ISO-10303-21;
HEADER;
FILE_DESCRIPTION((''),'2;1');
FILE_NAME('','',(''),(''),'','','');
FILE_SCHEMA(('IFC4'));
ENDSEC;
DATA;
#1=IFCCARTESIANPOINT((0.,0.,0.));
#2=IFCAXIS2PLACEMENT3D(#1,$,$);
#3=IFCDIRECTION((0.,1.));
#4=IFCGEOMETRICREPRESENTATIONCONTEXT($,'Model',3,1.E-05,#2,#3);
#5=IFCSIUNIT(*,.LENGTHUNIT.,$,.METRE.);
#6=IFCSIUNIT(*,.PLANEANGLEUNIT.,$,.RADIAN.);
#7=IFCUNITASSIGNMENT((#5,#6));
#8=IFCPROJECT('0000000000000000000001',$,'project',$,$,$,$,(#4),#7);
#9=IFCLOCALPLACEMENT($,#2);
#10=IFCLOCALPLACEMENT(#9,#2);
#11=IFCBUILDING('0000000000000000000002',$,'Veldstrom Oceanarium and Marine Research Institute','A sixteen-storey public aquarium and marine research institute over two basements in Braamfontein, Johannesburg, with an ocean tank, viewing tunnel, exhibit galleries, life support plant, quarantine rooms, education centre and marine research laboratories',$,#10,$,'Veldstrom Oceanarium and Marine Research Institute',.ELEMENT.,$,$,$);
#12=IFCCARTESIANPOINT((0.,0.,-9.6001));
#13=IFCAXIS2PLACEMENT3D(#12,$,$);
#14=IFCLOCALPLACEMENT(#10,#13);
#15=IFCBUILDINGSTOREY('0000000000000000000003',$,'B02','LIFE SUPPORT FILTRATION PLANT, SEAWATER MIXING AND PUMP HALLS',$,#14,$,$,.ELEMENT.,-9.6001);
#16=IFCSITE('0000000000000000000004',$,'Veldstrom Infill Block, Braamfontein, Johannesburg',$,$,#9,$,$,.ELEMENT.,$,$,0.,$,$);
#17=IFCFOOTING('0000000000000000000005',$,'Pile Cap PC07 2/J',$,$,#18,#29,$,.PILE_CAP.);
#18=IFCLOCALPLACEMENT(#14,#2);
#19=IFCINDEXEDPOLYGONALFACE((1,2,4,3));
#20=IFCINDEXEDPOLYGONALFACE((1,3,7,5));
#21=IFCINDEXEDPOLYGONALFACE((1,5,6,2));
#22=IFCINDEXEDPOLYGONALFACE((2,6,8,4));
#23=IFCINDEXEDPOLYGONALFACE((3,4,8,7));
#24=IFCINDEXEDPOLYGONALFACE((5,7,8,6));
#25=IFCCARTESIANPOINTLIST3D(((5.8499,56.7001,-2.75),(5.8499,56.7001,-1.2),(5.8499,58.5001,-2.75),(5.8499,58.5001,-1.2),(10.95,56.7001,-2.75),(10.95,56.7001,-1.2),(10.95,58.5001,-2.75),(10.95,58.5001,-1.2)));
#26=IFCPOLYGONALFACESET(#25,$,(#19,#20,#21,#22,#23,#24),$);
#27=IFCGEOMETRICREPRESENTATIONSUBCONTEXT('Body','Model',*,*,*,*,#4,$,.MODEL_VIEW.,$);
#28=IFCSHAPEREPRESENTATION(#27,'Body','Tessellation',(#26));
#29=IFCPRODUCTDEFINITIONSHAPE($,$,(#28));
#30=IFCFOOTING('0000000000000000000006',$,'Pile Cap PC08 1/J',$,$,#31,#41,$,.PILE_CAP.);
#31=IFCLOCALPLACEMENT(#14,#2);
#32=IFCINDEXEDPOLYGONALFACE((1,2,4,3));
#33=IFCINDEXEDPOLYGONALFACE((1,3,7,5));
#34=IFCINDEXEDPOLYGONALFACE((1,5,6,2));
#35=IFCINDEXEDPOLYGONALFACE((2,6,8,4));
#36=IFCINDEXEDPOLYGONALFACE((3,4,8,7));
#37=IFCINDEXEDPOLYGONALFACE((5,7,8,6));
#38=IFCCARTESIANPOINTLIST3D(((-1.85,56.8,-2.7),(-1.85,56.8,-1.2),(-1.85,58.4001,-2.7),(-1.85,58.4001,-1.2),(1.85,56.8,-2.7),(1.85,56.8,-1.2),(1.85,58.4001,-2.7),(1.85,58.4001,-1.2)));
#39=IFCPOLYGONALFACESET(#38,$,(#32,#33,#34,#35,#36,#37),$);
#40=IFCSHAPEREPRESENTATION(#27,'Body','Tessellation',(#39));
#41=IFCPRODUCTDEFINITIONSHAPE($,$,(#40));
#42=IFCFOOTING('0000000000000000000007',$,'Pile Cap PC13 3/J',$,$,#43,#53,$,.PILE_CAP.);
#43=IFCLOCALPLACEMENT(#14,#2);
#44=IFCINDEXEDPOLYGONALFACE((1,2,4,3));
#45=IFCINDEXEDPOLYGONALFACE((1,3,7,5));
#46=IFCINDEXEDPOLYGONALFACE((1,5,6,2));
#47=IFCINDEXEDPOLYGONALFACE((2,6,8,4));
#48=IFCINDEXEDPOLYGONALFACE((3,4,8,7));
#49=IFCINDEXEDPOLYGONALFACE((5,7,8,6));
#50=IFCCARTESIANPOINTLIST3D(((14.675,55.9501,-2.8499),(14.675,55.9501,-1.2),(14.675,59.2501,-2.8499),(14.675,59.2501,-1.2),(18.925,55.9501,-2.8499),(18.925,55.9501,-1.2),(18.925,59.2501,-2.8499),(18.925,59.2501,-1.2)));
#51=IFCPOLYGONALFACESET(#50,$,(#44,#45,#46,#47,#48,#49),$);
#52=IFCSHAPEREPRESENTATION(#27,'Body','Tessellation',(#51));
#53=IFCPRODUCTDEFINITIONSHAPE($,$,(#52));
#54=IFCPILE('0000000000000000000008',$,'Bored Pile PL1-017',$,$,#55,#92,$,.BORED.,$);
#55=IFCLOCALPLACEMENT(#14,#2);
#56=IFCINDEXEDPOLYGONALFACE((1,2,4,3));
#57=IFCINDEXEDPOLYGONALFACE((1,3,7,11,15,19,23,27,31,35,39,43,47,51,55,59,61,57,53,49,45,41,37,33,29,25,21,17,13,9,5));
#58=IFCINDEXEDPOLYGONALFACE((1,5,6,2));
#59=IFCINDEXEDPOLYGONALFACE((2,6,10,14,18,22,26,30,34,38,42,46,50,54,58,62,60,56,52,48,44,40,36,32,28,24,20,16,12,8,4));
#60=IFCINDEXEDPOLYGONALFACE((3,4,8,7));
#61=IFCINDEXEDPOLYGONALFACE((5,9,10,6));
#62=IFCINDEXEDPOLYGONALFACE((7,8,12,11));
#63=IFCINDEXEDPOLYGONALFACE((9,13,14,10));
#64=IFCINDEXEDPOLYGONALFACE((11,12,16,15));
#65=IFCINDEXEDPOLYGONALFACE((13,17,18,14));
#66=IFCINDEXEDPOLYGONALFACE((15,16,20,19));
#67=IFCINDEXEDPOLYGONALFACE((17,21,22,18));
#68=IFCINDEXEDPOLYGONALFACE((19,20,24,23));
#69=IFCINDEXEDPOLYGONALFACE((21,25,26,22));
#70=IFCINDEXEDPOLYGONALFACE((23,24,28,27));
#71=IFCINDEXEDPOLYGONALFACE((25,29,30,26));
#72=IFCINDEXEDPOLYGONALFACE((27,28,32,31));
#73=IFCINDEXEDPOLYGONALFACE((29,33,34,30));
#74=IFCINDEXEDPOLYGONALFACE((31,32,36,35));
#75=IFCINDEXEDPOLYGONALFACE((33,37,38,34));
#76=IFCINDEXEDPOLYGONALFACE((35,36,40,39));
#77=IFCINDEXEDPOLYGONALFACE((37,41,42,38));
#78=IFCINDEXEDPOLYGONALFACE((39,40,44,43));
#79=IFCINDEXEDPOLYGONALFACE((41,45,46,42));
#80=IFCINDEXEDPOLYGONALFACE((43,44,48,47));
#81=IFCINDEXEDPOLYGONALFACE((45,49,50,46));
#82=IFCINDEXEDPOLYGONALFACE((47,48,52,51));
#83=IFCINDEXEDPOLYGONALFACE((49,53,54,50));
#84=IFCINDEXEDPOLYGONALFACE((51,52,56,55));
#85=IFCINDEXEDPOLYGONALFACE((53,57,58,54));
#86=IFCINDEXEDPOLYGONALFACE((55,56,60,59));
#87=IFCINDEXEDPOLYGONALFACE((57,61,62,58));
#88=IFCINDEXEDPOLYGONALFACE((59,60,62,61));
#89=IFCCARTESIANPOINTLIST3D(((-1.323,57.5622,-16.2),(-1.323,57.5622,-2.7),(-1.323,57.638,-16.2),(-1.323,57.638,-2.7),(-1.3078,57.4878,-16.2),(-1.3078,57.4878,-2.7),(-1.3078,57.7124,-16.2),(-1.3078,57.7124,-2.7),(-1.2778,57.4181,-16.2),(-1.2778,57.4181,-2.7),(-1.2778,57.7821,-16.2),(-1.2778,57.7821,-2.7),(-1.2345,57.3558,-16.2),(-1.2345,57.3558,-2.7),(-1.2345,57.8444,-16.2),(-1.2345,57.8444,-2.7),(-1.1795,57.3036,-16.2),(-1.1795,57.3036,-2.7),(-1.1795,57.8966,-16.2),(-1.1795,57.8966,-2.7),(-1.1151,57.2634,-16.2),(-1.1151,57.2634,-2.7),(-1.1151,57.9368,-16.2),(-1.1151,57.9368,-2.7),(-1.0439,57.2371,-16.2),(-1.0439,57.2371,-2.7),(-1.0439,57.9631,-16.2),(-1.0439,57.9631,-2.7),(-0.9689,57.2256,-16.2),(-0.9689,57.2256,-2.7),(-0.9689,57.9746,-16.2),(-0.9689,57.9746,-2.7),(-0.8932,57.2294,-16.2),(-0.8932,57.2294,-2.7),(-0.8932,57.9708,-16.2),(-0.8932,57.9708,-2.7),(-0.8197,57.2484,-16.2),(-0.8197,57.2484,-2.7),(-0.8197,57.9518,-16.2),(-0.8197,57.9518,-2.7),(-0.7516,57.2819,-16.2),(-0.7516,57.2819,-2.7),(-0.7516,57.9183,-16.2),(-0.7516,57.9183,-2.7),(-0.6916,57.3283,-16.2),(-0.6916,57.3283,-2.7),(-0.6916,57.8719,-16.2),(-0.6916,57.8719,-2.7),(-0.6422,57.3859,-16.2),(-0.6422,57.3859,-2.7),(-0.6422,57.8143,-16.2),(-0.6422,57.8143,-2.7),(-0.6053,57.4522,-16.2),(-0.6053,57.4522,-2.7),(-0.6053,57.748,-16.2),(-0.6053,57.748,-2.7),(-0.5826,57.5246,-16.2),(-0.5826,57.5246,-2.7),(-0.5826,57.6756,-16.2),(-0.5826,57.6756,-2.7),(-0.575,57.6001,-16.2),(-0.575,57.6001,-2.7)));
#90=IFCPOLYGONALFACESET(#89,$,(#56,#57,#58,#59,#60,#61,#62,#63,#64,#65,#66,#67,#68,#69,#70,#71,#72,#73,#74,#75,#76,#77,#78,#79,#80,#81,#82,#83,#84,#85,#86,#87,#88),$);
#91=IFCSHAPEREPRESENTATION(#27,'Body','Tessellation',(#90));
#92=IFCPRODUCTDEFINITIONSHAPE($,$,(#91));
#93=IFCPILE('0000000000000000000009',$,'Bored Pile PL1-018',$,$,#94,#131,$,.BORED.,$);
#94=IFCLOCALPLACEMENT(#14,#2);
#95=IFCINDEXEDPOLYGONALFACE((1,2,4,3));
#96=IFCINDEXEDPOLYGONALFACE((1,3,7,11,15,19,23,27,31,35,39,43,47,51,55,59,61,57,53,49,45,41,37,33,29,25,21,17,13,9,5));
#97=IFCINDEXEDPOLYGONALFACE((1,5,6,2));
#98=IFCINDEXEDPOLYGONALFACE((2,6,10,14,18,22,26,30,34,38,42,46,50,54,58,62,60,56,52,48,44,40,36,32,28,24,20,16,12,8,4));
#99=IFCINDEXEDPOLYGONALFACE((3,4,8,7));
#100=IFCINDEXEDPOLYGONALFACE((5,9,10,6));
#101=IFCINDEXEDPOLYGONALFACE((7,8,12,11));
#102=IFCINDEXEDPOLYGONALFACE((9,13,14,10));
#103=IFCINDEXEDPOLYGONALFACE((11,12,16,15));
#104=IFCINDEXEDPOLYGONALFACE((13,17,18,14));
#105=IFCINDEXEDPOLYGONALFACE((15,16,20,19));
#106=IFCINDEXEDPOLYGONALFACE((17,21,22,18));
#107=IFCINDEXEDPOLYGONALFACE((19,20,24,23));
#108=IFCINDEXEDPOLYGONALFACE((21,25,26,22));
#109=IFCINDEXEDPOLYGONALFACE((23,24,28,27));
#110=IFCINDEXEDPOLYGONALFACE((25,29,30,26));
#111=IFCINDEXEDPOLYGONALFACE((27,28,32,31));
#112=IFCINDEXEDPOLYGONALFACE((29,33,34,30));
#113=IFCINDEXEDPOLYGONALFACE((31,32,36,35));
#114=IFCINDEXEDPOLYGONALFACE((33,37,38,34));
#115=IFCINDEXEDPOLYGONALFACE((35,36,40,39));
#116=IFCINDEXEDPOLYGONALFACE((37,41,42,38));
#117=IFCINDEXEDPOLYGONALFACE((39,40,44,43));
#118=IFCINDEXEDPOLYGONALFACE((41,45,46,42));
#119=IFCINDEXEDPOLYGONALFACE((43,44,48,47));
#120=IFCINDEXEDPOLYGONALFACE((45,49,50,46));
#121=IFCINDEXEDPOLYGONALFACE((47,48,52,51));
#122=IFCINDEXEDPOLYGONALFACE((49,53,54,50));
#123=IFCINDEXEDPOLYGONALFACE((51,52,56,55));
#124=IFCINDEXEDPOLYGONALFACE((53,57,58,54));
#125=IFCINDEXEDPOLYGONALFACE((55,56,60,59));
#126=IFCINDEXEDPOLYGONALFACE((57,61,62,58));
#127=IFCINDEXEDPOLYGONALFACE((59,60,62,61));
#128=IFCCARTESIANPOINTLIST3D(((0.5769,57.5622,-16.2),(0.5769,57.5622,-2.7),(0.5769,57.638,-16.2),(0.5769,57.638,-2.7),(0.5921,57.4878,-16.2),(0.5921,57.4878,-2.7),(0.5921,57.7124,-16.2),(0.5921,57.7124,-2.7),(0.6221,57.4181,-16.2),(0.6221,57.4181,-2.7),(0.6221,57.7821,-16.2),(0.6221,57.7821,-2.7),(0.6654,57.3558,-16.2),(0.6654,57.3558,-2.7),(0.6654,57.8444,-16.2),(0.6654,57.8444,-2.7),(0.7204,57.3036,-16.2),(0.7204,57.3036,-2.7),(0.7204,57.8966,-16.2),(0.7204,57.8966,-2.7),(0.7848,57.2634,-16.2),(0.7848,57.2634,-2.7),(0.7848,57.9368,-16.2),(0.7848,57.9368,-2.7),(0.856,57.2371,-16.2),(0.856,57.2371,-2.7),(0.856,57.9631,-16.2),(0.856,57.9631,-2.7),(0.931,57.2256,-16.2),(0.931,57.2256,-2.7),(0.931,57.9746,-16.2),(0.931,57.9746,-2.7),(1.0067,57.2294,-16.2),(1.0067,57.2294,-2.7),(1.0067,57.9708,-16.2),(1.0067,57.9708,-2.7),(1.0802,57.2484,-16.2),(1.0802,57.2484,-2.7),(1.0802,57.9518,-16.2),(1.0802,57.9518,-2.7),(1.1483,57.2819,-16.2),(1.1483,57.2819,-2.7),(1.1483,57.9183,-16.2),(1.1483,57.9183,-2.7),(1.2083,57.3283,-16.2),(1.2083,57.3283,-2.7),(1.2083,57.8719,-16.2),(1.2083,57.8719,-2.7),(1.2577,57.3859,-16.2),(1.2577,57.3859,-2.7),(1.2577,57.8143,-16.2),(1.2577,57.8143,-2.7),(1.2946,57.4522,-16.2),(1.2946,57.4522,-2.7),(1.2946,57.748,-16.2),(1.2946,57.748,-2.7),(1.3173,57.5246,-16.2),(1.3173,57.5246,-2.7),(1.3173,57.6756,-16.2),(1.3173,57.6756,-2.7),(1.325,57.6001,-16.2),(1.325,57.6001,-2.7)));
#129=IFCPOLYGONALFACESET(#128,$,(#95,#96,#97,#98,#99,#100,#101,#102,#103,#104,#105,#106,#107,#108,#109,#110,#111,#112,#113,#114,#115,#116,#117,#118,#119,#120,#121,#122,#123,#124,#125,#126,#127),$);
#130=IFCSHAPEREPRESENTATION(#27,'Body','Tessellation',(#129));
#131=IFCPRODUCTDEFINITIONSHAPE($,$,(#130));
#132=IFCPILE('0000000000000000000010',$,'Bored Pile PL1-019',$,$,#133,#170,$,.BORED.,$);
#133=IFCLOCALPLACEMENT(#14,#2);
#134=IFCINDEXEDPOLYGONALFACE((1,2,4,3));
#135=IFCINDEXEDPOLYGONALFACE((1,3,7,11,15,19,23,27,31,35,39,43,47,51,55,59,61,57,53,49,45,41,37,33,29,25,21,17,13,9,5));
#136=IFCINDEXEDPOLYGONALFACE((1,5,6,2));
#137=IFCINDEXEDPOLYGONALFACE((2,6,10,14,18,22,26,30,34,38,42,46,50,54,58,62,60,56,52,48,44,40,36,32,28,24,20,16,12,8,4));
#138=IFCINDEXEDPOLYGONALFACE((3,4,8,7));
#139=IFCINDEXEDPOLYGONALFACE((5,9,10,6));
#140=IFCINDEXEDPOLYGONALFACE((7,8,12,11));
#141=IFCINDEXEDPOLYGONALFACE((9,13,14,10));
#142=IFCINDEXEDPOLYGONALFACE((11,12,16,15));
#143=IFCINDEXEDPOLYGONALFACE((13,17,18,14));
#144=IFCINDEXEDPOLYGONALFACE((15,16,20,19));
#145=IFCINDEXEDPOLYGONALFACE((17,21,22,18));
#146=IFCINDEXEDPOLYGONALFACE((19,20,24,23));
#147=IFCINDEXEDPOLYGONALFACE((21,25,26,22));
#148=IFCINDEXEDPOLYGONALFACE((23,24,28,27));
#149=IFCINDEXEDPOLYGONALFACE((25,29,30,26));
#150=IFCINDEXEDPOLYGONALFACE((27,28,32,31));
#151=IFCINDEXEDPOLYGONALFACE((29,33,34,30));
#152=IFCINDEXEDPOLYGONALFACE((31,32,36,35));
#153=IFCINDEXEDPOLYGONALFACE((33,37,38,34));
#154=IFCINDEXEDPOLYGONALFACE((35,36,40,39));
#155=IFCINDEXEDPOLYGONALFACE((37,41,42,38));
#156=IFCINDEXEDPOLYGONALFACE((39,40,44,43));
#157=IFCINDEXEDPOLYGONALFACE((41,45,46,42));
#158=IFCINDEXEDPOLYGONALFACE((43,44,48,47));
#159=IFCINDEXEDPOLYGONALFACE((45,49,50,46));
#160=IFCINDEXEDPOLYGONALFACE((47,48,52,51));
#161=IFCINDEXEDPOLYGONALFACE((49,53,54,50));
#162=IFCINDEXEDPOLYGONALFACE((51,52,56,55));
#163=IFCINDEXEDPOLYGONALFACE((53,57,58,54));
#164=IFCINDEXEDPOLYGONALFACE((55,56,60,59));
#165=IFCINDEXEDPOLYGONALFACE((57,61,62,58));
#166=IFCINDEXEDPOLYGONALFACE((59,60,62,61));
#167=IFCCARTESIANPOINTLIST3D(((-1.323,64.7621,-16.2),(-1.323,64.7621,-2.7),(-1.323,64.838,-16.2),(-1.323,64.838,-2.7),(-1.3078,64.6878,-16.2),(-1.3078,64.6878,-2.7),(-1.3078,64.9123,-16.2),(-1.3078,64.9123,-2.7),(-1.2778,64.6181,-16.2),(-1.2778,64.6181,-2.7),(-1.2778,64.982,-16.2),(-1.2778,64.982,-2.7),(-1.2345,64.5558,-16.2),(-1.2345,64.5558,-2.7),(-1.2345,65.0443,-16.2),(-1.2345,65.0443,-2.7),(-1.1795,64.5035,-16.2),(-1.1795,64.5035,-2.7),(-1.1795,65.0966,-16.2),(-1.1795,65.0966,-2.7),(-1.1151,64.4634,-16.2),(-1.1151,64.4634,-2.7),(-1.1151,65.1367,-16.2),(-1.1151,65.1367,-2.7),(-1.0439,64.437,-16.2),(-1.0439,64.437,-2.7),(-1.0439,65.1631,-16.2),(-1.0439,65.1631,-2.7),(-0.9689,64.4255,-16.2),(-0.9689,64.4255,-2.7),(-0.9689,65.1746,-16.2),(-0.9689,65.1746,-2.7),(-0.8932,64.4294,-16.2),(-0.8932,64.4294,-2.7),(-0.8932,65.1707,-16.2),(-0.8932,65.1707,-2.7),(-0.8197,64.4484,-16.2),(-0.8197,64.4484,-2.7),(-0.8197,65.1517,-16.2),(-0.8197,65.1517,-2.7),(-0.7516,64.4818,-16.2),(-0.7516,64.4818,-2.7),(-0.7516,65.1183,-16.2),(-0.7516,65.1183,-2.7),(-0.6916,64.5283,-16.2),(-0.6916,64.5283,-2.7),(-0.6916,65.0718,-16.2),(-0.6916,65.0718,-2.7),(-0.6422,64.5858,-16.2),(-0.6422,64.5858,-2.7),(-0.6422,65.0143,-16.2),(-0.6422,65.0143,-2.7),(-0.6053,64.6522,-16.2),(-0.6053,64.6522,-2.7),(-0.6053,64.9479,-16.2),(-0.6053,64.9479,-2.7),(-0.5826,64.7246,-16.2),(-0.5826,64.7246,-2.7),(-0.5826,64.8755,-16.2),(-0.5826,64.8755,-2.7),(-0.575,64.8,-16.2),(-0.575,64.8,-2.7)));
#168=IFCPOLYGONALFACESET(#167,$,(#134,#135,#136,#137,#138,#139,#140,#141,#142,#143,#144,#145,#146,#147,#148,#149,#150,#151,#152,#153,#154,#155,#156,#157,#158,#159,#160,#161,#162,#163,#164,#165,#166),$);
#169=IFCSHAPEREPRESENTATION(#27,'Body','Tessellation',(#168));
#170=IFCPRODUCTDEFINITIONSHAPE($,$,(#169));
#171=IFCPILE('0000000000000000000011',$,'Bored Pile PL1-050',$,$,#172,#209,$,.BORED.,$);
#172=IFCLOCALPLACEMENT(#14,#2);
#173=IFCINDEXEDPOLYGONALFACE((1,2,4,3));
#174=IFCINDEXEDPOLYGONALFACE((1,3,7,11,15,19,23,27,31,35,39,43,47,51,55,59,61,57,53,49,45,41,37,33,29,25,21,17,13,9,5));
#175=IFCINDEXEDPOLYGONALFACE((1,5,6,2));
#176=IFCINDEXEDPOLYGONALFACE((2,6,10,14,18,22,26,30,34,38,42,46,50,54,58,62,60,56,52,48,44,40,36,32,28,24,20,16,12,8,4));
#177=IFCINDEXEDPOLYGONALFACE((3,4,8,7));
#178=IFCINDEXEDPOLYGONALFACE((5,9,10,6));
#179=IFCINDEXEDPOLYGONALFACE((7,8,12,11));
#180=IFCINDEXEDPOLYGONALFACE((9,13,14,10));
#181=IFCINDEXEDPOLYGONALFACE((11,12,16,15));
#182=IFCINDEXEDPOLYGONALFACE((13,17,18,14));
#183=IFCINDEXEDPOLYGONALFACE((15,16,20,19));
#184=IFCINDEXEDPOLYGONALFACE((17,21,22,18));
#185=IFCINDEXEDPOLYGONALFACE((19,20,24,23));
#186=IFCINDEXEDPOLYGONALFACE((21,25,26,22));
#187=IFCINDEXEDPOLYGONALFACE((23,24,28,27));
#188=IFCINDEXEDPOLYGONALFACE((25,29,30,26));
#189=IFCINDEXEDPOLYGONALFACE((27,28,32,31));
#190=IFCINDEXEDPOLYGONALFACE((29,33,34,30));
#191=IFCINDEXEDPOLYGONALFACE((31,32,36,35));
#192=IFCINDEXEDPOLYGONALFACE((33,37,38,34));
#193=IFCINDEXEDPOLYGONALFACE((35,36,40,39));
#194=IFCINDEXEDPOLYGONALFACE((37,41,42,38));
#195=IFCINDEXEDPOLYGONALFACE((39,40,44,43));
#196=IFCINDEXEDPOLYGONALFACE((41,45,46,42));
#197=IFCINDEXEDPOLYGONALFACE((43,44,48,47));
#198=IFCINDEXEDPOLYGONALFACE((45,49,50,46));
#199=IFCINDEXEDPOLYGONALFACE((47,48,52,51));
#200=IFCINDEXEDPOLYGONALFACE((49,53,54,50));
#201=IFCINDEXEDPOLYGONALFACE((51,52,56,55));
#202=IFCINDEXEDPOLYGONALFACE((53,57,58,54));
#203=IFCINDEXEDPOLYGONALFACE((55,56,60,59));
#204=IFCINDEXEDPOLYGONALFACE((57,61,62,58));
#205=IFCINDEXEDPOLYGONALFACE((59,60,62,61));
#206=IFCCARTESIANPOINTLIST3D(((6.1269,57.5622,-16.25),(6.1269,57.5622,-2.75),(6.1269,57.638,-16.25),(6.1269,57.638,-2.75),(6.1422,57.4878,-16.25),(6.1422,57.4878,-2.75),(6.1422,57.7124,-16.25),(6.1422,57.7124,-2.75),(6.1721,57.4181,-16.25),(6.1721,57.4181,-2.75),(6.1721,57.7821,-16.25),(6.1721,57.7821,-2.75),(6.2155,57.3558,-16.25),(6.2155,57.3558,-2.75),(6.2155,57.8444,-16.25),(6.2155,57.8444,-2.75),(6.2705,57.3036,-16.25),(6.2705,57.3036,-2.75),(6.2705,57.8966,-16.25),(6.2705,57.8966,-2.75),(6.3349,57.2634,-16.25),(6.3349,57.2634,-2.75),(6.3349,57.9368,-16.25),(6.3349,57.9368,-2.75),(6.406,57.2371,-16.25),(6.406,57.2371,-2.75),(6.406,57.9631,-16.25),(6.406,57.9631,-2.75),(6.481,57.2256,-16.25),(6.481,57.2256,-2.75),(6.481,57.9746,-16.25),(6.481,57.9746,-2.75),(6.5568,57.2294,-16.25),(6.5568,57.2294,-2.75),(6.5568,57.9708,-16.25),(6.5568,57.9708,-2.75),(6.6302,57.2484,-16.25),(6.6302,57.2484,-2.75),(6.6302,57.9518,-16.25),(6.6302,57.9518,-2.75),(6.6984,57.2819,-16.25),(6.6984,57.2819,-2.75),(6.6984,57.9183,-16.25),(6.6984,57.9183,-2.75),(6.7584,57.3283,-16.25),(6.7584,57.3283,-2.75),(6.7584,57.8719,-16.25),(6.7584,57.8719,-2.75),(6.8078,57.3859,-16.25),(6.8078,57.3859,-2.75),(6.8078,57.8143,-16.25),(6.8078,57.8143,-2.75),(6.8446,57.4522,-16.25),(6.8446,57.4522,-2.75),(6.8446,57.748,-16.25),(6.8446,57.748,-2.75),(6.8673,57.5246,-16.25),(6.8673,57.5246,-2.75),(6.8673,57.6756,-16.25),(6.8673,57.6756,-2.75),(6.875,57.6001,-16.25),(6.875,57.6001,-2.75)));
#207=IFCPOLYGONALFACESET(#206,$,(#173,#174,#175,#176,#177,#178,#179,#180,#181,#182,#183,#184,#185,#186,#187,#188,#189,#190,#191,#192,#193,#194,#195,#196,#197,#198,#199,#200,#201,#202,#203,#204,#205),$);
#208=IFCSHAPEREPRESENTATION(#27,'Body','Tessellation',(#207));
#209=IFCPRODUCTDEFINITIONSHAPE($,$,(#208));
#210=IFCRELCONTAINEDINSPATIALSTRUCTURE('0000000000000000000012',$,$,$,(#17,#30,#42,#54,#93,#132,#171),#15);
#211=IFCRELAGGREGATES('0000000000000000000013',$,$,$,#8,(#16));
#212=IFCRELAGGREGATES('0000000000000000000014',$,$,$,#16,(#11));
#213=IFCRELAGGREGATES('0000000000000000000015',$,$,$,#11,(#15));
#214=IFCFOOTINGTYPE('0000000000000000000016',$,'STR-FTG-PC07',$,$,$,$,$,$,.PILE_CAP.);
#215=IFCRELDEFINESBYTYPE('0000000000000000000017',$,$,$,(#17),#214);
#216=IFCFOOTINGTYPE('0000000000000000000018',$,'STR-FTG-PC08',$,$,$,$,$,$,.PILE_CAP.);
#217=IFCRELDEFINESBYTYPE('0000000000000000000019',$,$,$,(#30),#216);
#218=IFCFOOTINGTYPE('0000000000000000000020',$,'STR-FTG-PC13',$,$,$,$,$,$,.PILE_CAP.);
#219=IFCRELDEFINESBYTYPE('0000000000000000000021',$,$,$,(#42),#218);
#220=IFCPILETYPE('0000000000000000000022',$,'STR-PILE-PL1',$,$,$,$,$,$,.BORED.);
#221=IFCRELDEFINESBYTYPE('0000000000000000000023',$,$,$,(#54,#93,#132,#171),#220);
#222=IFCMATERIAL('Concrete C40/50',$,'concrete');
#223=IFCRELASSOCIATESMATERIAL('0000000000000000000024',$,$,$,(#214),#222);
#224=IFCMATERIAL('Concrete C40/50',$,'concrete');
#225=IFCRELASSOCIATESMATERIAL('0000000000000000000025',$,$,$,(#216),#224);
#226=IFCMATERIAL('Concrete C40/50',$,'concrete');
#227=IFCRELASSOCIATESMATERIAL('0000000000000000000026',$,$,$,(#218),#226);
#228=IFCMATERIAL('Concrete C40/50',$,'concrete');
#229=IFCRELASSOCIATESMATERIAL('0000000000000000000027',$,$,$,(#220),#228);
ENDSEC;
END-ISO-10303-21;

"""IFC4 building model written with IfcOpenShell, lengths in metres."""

from ifc_helpers import new_model, si_unit, direction, frame, origin, origin_2d, place, context, subcontext, project, spatial, rectangle, circle, extrude, material, material_profile, profile_set, type_object, element, save


model = new_model("IFC4")

# Units and contexts
model_context = context("Model", 3, precision=1e-05, world=origin(), true_north=direction((0.0, 1.0)))
body_context = subcontext(model_context, "Body", "Model", "MODEL_VIEW")
ifc_project = project(units=[si_unit("LENGTHUNIT", "METRE"), si_unit("PLANEANGLEUNIT", "RADIAN")], contexts=[model_context])

# Site, building, storey
site_placement = place(None, origin())
site = spatial("IfcSite", under=ifc_project, at=site_placement, Name="Veldstrom Infill Block, Braamfontein, Johannesburg", CompositionType="ELEMENT", RefElevation=0.0)
building_placement = place(site_placement, origin())
building = spatial("IfcBuilding", under=site, at=building_placement, Name="Veldstrom Oceanarium and Marine Research Institute", Description="A sixteen-storey public aquarium and marine research institute over two basements in Braamfontein, Johannesburg, with an ocean tank, viewing tunnel, exhibit galleries, life support plant, quarantine rooms, education centre and marine research laboratories", LongName="Veldstrom Oceanarium and Marine Research Institute", CompositionType="ELEMENT")
storey_placement = place(building_placement, frame((0.0, 0.0, -9.6001)))
storey = spatial("IfcBuildingStorey", under=building, at=storey_placement, Name="B02", Description="LIFE SUPPORT FILTRATION PLANT, SEAWATER MIXING AND PUMP HALLS", CompositionType="ELEMENT", Elevation=-9.6001)

# Footings
ifc_material_1 = material(Name="Concrete C40/50", Category="concrete")
footing_type_1 = type_object("IfcFootingType", Name="STR-FTG-PC07", PredefinedType="PILE_CAP", material=ifc_material_1)
footing_1_placement = place(storey_placement, frame((8.3999, 57.6001, -2.75), z_axis=(0.0, 0.0, 1.0), x_axis=(1.0, 0.0, 0.0)))
element("IfcFooting", 1, at=footing_1_placement, inside=storey, type_object=footing_type_1, Name="Pile Cap PC07 2/J", PredefinedType="PILE_CAP", context=body_context, shape_type="SweptSolid", body=[
    extrude(rectangle(XDim=5.1001, YDim=1.8, at=origin_2d()), origin(), (0.0, 0.0, 1.0), 1.55),
])
ifc_material_2 = material(Name="Concrete C40/50", Category="concrete")
footing_type_2 = type_object("IfcFootingType", Name="STR-FTG-PC08", PredefinedType="PILE_CAP", material=ifc_material_2)
footing_2_placement = place(storey_placement, frame((0.0, 57.6001, -2.7), z_axis=(0.0, 0.0, 1.0), x_axis=(1.0, 0.0, 0.0)))
element("IfcFooting", 2, at=footing_2_placement, inside=storey, type_object=footing_type_2, Name="Pile Cap PC08 1/J", PredefinedType="PILE_CAP", context=body_context, shape_type="SweptSolid", body=[
    extrude(rectangle(XDim=3.7, YDim=1.6001, at=origin_2d()), origin(), (0.0, 0.0, 1.0), 1.5),
])
ifc_material_3 = material(Name="Concrete C40/50", Category="concrete")
footing_type_3 = type_object("IfcFootingType", Name="STR-FTG-PC13", PredefinedType="PILE_CAP", material=ifc_material_3)
footing_3_placement = place(storey_placement, frame((16.8, 57.6001, -2.8499), z_axis=(0.0, 0.0, 1.0), x_axis=(1.0, 0.0, 0.0)))
element("IfcFooting", 3, at=footing_3_placement, inside=storey, type_object=footing_type_3, Name="Pile Cap PC13 3/J", PredefinedType="PILE_CAP", context=body_context, shape_type="SweptSolid", body=[
    extrude(rectangle(XDim=4.25, YDim=3.3, at=origin_2d()), origin(), (0.0, 0.0, 1.0), 1.6499),
])

# Piles
ifc_material_4 = material(Name="Concrete C40/50", Category="concrete")
ifc_material_profile_1 = material_profile(ifc_material_4, circle(Radius=0.375, at=origin_2d()), Name="PILE-D750")
ifc_profile_set_1 = profile_set([ifc_material_profile_1], Name="Concrete C40/50")
pile_type = type_object("IfcPileType", Name="STR-PILE-PL1", PredefinedType="BORED", material=ifc_profile_set_1)
for number, where, z_axis, x_axis, name in (
    (4, (-0.95, 57.6001, -2.7), (0.0, 0.0, -1.0), (1.0, 0.0, 0.0), "Bored Pile PL1-017"),
    (5, (0.95, 57.6001, -2.7), (0.0, 0.0, -1.0), (1.0, 0.0, 0.0), "Bored Pile PL1-018"),
    (6, (-0.95, 64.8, -2.7), (0.0, 0.0, -1.0), (1.0, 0.0, 0.0), "Bored Pile PL1-019"),
    (7, (6.5, 57.6001, -2.75), (0.0, 0.0, -1.0), (1.0, 0.0, 0.0), "Bored Pile PL1-050"),
):
    element("IfcPile", number, at=place(storey_placement, frame(where, z_axis=z_axis, x_axis=x_axis)), inside=storey, type_object=pile_type, Name=name, PredefinedType="BORED", context=body_context, shape_type="SweptSolid", body=[
        extrude(circle(Radius=0.375, at=origin_2d()), origin(), (0.0, 0.0, 1.0), 13.5),
    ])

save(model, "model.ifc")
